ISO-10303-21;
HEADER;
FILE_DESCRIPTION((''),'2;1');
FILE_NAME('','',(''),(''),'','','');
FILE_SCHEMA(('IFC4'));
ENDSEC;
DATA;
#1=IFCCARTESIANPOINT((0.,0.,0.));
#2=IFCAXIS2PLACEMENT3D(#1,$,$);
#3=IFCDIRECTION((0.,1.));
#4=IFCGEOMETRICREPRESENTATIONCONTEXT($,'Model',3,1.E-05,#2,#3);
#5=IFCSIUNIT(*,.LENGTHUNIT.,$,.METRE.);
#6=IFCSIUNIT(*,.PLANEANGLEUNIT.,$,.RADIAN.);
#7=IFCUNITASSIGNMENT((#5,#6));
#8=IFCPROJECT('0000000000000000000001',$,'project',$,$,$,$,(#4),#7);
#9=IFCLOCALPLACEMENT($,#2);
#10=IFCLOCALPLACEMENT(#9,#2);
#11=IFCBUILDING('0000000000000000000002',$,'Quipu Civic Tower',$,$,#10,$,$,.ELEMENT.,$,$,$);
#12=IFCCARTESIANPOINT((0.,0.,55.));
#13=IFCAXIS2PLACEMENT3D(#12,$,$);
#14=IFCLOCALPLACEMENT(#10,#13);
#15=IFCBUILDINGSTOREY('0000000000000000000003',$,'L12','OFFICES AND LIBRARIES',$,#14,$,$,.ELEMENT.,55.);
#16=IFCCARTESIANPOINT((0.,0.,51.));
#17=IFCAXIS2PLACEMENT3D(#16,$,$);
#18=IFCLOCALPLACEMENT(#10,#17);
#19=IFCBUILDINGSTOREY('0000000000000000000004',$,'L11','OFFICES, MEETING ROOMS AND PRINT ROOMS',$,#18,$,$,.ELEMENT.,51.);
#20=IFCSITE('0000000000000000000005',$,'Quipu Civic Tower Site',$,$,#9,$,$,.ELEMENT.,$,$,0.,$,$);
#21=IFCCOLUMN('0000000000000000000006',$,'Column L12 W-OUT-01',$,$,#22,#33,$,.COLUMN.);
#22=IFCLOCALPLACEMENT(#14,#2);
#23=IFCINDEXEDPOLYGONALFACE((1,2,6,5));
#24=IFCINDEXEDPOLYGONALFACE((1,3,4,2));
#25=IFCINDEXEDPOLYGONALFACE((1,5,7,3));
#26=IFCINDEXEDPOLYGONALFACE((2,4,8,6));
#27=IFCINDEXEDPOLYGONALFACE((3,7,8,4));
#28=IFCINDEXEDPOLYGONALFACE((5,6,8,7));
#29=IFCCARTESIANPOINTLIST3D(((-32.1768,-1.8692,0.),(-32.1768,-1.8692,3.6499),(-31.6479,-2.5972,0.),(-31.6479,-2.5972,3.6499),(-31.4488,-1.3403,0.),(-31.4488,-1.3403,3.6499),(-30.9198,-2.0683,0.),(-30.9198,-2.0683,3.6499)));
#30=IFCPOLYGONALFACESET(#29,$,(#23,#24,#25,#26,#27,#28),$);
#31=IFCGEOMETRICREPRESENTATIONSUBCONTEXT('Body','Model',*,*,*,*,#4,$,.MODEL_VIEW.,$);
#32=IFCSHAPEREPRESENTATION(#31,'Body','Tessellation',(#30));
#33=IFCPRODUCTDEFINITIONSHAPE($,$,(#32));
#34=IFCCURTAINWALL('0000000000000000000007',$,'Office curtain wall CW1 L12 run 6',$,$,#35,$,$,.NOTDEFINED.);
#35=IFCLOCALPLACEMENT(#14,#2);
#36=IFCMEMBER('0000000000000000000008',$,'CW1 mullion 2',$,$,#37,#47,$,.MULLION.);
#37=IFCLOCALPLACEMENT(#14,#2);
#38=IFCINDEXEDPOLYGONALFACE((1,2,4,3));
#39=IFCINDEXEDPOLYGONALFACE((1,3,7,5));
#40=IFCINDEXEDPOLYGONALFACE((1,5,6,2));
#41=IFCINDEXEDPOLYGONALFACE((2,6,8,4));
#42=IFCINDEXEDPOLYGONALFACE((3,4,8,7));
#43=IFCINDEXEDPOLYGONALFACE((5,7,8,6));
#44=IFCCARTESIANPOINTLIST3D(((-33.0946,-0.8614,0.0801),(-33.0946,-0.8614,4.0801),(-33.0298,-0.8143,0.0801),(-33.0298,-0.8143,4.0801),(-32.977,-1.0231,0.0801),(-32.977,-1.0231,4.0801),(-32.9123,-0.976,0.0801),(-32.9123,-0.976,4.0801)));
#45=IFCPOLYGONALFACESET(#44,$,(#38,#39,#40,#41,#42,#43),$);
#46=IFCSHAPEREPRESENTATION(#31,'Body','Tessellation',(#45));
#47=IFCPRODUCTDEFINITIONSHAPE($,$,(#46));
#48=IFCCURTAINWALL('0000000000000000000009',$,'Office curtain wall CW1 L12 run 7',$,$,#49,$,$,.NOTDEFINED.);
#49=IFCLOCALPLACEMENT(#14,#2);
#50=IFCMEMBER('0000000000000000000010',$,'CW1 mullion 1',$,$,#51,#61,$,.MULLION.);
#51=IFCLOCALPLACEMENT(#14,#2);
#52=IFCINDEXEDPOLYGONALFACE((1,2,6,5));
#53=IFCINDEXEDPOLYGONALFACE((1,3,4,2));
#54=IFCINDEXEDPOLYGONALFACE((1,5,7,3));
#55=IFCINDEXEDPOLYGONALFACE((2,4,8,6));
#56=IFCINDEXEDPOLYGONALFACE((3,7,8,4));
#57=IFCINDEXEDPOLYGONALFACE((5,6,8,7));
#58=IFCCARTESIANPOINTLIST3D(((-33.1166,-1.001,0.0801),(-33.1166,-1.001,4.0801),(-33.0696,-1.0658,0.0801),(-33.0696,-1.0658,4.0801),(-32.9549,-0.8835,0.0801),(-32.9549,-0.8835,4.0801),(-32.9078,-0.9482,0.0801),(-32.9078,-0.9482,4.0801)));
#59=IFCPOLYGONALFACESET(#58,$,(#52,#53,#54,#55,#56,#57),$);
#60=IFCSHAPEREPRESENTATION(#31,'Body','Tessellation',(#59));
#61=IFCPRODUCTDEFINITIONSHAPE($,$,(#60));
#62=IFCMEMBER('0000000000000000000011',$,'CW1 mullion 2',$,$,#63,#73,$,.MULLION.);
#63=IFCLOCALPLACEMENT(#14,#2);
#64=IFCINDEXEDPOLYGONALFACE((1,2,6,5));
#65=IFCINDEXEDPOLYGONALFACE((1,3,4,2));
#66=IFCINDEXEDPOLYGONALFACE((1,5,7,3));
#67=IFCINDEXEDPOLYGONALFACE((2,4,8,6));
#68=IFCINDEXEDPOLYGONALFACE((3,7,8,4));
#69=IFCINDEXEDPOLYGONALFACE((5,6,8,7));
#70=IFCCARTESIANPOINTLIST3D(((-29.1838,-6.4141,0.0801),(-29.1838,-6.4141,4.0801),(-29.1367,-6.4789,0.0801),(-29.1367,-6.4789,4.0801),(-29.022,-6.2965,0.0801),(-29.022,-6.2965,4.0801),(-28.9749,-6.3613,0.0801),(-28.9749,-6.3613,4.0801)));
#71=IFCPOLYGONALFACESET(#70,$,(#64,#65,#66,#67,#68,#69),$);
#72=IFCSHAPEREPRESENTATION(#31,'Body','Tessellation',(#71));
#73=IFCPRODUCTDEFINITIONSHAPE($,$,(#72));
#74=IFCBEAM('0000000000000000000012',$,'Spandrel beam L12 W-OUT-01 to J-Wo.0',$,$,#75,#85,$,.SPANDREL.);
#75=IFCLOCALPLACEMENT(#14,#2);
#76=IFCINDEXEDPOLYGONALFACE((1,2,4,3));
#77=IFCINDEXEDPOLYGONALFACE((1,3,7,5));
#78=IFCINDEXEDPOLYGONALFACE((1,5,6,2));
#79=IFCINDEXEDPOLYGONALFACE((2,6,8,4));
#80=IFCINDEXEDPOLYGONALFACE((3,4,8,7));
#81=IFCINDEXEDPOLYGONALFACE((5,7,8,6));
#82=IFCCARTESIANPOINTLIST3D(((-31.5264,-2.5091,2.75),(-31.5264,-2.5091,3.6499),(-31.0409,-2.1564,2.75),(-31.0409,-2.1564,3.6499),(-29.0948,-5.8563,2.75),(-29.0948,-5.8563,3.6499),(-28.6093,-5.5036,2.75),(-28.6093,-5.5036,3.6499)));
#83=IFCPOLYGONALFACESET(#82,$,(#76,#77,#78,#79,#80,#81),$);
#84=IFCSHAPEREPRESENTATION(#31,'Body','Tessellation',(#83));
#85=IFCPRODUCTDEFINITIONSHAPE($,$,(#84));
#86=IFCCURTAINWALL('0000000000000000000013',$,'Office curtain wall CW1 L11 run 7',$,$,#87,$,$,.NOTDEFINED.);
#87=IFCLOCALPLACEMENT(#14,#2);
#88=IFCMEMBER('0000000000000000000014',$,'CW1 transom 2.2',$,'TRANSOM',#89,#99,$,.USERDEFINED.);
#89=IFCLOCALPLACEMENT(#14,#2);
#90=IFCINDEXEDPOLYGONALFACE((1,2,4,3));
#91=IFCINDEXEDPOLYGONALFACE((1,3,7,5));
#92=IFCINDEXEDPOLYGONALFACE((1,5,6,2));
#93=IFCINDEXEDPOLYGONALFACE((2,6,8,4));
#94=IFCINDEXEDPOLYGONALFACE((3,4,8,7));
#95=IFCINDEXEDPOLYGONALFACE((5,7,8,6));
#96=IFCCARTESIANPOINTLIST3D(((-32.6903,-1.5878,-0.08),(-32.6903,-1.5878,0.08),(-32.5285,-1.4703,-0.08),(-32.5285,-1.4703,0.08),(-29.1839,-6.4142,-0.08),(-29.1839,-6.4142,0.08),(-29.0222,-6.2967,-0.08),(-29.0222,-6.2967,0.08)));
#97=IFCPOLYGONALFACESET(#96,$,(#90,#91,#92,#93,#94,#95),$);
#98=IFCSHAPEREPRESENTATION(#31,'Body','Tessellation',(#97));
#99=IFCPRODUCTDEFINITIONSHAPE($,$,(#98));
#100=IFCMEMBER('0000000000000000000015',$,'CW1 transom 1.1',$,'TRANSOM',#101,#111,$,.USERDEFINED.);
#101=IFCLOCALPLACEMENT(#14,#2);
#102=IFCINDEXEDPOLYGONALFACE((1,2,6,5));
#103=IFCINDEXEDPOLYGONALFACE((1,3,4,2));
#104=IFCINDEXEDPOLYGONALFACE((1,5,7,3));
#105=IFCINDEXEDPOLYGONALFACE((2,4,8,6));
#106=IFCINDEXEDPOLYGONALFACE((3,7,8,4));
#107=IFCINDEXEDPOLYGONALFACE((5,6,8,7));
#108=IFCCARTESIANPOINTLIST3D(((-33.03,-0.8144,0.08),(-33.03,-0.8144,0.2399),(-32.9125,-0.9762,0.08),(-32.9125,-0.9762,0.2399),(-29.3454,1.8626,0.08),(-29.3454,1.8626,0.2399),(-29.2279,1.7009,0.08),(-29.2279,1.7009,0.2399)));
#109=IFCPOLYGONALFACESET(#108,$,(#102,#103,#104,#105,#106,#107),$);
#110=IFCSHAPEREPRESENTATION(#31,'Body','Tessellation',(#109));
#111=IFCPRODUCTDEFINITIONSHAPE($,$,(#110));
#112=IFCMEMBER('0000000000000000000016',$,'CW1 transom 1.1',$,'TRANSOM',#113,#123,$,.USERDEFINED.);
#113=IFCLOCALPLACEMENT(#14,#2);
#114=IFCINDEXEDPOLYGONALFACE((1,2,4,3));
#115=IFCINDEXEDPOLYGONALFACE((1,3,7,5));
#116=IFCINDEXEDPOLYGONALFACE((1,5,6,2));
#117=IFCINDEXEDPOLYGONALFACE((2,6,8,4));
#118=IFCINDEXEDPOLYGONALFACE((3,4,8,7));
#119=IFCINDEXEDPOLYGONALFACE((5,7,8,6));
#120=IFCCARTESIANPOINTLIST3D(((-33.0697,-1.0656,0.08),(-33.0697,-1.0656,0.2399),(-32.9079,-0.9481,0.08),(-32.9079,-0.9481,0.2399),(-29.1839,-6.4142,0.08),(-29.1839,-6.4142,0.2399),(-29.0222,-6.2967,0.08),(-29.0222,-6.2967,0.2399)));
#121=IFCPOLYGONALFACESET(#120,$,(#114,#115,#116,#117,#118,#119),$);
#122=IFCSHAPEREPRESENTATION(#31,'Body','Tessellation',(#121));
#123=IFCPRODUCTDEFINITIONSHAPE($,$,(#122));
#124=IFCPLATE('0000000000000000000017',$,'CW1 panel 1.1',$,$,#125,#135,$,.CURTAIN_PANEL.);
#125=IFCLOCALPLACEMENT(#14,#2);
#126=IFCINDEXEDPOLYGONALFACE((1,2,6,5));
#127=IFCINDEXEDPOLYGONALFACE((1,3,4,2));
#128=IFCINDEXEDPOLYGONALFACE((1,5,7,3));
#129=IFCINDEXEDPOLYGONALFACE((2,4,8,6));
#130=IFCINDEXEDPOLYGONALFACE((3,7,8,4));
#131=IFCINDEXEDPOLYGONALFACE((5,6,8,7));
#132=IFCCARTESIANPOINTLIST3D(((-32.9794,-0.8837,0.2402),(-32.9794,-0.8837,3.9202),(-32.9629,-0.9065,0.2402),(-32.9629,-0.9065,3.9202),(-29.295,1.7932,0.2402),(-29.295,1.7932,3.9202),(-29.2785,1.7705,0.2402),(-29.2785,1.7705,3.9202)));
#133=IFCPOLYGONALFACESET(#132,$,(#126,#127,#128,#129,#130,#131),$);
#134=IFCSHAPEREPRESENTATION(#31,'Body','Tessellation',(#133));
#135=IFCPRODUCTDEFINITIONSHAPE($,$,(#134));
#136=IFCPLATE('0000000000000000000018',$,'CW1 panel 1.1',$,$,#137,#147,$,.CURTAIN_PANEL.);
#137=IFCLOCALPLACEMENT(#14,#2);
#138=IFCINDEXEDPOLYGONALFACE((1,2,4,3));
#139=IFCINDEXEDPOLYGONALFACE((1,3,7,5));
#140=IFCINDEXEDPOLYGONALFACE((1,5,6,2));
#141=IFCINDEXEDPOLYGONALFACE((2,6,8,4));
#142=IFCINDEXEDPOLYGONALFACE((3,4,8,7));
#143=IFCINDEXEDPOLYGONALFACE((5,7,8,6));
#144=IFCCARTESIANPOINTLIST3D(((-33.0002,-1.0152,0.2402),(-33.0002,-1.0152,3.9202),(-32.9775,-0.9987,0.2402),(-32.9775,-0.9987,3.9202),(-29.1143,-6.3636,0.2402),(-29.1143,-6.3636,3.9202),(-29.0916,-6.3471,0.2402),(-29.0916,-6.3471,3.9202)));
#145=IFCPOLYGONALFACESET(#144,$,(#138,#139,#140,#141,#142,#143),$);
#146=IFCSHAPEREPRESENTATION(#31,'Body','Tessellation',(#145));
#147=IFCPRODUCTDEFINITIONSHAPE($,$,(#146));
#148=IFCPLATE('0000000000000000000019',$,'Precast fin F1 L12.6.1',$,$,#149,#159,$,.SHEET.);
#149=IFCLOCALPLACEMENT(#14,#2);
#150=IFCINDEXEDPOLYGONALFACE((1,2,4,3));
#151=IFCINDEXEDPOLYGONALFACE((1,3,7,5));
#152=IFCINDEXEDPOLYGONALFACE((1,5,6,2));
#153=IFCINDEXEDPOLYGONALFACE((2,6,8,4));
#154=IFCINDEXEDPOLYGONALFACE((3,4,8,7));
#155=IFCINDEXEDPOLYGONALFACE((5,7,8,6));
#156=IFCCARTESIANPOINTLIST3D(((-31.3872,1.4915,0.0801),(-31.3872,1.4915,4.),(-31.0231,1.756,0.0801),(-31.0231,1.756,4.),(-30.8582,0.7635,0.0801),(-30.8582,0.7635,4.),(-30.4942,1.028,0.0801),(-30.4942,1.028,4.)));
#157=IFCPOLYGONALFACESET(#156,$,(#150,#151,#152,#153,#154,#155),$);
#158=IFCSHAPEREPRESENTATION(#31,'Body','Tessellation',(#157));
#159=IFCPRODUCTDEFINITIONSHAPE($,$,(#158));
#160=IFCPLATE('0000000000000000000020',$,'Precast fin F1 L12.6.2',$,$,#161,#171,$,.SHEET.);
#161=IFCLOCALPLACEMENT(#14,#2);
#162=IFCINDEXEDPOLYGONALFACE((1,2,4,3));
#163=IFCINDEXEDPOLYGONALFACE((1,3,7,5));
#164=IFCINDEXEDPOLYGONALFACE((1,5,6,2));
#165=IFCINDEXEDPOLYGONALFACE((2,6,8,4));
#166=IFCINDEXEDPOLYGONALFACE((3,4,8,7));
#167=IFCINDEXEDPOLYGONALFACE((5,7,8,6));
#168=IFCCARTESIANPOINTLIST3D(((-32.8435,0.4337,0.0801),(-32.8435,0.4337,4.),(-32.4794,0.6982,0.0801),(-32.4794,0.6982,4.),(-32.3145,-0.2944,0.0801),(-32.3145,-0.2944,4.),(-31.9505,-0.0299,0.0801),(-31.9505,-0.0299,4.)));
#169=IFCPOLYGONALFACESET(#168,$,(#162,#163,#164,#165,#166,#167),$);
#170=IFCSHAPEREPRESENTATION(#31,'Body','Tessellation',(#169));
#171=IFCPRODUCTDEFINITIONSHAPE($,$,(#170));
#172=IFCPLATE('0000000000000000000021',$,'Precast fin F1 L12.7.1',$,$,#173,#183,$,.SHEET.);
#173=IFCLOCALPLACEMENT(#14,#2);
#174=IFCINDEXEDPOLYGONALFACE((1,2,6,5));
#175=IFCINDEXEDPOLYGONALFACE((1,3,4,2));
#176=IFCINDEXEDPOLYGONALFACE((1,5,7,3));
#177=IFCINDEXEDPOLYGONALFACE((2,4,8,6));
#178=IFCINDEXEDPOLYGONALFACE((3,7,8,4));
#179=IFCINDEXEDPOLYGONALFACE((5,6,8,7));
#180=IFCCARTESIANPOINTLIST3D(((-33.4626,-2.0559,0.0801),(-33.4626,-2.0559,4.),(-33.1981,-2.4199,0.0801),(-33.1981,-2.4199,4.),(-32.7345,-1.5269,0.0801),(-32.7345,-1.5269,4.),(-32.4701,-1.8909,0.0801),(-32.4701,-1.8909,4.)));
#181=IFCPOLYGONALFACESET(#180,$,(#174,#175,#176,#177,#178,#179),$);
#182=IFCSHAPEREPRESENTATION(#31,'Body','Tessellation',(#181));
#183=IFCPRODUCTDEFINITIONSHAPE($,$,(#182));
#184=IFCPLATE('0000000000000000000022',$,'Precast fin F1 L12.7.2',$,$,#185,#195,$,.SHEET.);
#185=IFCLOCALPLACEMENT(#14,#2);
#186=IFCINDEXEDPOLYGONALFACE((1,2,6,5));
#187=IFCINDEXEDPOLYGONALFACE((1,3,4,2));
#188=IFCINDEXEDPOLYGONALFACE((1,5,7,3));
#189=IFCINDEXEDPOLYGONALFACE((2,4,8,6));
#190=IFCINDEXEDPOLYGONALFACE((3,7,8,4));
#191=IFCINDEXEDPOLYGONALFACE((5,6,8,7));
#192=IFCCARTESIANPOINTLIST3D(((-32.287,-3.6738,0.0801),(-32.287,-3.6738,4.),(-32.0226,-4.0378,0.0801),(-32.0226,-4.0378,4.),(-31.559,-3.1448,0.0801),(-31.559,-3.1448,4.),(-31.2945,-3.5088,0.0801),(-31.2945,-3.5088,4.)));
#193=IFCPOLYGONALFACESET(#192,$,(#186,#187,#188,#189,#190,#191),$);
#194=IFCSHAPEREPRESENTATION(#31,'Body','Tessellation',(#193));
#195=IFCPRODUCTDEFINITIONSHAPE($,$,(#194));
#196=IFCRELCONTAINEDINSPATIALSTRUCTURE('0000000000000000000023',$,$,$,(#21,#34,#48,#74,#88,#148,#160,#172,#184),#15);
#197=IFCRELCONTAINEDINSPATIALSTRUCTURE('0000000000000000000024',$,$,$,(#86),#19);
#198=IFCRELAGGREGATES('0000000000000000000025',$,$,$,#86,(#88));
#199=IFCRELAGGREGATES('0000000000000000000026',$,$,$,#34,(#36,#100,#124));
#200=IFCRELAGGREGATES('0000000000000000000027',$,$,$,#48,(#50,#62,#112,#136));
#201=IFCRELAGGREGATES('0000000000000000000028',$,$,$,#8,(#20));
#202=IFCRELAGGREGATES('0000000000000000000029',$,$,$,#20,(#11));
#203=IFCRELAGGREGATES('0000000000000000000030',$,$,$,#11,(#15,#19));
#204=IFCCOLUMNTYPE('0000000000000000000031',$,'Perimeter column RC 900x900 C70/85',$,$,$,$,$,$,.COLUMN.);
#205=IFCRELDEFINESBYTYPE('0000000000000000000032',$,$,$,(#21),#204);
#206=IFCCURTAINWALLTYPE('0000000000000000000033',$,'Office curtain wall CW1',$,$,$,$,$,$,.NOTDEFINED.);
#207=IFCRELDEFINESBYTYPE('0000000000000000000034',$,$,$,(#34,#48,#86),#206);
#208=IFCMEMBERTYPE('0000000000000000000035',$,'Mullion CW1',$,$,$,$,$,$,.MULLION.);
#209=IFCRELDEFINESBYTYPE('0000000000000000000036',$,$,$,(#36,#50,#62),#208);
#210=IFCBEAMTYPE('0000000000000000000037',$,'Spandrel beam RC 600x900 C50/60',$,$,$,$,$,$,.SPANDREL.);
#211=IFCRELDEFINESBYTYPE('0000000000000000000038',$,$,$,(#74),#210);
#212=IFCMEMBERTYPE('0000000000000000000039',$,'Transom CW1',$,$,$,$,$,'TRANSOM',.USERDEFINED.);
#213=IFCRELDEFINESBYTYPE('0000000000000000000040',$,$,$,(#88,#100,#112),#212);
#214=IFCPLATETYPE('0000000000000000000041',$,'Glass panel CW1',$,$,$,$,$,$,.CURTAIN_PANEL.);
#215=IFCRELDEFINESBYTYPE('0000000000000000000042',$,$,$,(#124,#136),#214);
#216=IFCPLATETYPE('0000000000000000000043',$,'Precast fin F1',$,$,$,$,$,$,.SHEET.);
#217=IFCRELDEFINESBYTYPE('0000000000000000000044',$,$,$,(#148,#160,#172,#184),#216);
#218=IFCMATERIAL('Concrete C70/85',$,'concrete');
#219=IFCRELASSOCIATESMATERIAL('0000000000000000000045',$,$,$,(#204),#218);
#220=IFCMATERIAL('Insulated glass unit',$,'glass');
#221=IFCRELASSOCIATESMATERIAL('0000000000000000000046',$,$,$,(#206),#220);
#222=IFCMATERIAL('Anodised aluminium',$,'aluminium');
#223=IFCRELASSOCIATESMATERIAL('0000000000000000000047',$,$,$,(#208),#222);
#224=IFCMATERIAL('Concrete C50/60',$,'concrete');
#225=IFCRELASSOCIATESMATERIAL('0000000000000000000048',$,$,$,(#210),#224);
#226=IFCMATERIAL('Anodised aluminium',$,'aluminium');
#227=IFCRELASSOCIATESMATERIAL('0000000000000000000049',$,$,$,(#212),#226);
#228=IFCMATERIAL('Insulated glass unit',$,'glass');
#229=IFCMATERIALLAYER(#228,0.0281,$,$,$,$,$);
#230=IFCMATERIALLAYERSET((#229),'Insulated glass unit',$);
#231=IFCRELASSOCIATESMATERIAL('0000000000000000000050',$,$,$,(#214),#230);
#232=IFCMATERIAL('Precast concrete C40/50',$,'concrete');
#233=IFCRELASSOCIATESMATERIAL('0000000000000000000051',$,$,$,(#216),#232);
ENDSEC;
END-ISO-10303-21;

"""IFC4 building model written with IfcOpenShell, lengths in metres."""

from ifc_helpers import new_model, si_unit, direction, frame, origin, origin_2d, place, context, subcontext, project, spatial, rectangle, extrude, material, layer, layer_set, material_profile, profile_set, type_object, element, aggregate, save


model = new_model("IFC4")

# Units and contexts
model_context = context("Model", 3, precision=1e-05, world=origin(), true_north=direction((0.0, 1.0)))
body_context = subcontext(model_context, "Body", "Model", "MODEL_VIEW")
ifc_project = project(units=[si_unit("LENGTHUNIT", "METRE"), si_unit("PLANEANGLEUNIT", "RADIAN")], contexts=[model_context])

# Site, building, storey
site_placement = place(None, origin())
site = spatial("IfcSite", under=ifc_project, at=site_placement, Name="Quipu Civic Tower Site", CompositionType="ELEMENT", RefElevation=0.0)
building_placement = place(site_placement, origin())
building = spatial("IfcBuilding", under=site, at=building_placement, Name="Quipu Civic Tower", CompositionType="ELEMENT")
storey_1_placement = place(building_placement, frame((0.0, 0.0, 55.0)))
storey_1 = spatial("IfcBuildingStorey", under=building, at=storey_1_placement, Name="L12", Description="OFFICES AND LIBRARIES", CompositionType="ELEMENT", Elevation=55.0)

# Column
ifc_material_1 = material(Name="Concrete C70/85", Category="concrete")
ifc_material_profile_1 = material_profile(ifc_material_1, rectangle(XDim=0.8999, YDim=0.8999, at=origin_2d()), Name="RC900x900")
ifc_profile_set_1 = profile_set([ifc_material_profile_1], Name="Concrete C70/85")
column_type = type_object("IfcColumnType", Name="Perimeter column RC 900x900 C70/85", PredefinedType="COLUMN", material=ifc_profile_set_1)
column_placement = place(storey_1_placement, frame((-31.5483, -1.9688, 0.0), z_axis=(0.0, 0.0, 1.0), x_axis=(0.587785, -0.809017, 0.0)))
element("IfcColumn", 1, at=column_placement, inside=storey_1, type_object=column_type, Name="Column L12 W-OUT-01", PredefinedType="COLUMN", context=body_context, shape_type="SweptSolid", body=[
    extrude(rectangle(XDim=0.8999, YDim=0.8999, at=origin_2d()), origin(), (0.0, 0.0, 1.0), 3.6499),
])

# Curtain wall, member
ifc_material_2 = material(Name="Insulated glass unit", Category="glass")
curtain_wall_type = type_object("IfcCurtainWallType", Name="Office curtain wall CW1", PredefinedType="NOTDEFINED", material=ifc_material_2)
curtain_wall_1_placement = place(storey_1_placement, origin())
curtain_wall_1 = element("IfcCurtainWall", 2, at=curtain_wall_1_placement, inside=storey_1, type_object=curtain_wall_type, Name="Office curtain wall CW1 L12 run 6", PredefinedType="NOTDEFINED")
ifc_material_3 = material(Name="Anodised aluminium", Category="aluminium")
ifc_material_profile_2 = material_profile(ifc_material_3, rectangle(XDim=0.2, YDim=0.0801, at=origin_2d()), Name="RECT 200x80")
ifc_profile_set_2 = profile_set([ifc_material_profile_2], Name="Anodised aluminium")
member_type_1 = type_object("IfcMemberType", Name="Mullion CW1", PredefinedType="MULLION", material=ifc_profile_set_2)
member_1_placement = place(storey_1_placement, frame((-33.0034, -0.9187, 0.0801), z_axis=(0.0, 0.0, 1.0), x_axis=(0.587791, -0.809013, 0.0)))
member_1 = element("IfcMember", 3, at=member_1_placement, type_object=member_type_1, Name="CW1 mullion 2", PredefinedType="MULLION", context=body_context, shape_type="SweptSolid", body=[
    extrude(rectangle(XDim=0.2, YDim=0.0801, at=origin_2d()), origin(), (0.0, 0.0, 1.0), 4.0),
])

# Curtain wall, members
curtain_wall_2_placement = place(storey_1_placement, origin())
curtain_wall_2 = element("IfcCurtainWall", 4, at=curtain_wall_2_placement, inside=storey_1, type_object=curtain_wall_type, Name="Office curtain wall CW1 L12 run 7", PredefinedType="NOTDEFINED")
member_2_placement = place(storey_1_placement, frame((-33.0122, -0.9746, 0.0801), z_axis=(0.0, 0.0, 1.0), x_axis=(0.809019, 0.587783, 0.0)))
member_2 = element("IfcMember", 5, at=member_2_placement, type_object=member_type_1, Name="CW1 mullion 1", PredefinedType="MULLION", context=body_context, shape_type="SweptSolid", body=[
    extrude(rectangle(XDim=0.2, YDim=0.0801, at=origin_2d()), origin(), (0.0, 0.0, 1.0), 4.0),
])
member_3_placement = place(storey_1_placement, frame((-29.0793, -6.3877, 0.0801), z_axis=(0.0, 0.0, 1.0), x_axis=(0.809019, 0.587783, 0.0)))
member_3 = element("IfcMember", 6, at=member_3_placement, type_object=member_type_1, Name="CW1 mullion 2", PredefinedType="MULLION", context=body_context, shape_type="SweptSolid", body=[
    extrude(rectangle(XDim=0.2, YDim=0.0801, at=origin_2d()), origin(), (0.0, 0.0, 1.0), 4.0),
])

# Beam
ifc_material_4 = material(Name="Concrete C50/60", Category="concrete")
ifc_material_profile_3 = material_profile(ifc_material_4, rectangle(XDim=0.6001, YDim=0.8999, at=origin_2d()), Name="RC600x900")
ifc_profile_set_3 = profile_set([ifc_material_profile_3], Name="Concrete C50/60")
beam_type = type_object("IfcBeamType", Name="Spandrel beam RC 600x900 C50/60", PredefinedType="SPANDREL", material=ifc_profile_set_3)
beam_placement = place(storey_1_placement, frame((-31.2837, -2.3328, 3.2), z_axis=(0.587751, -0.809042, 0.0), x_axis=(0.809042, 0.587751, 0.0)))
element("IfcBeam", 7, at=beam_placement, inside=storey_1, type_object=beam_type, Name="Spandrel beam L12 W-OUT-01 to J-Wo.0", PredefinedType="SPANDREL", context=body_context, shape_type="SweptSolid", body=[
    extrude(rectangle(XDim=0.6001, YDim=0.8999, at=origin_2d()), origin(), (0.0, 0.0, 1.0), 4.1372),
])

# Shared definitions
storey_2_placement = place(building_placement, frame((0.0, 0.0, 51.0)))
storey_2 = spatial("IfcBuildingStorey", under=building, at=storey_2_placement, Name="L11", Description="OFFICES, MEETING ROOMS AND PRINT ROOMS", CompositionType="ELEMENT", Elevation=51.0)

# Curtain wall, member
curtain_wall_3_placement = place(storey_2_placement, origin())
curtain_wall_3 = element("IfcCurtainWall", 8, at=curtain_wall_3_placement, inside=storey_2, type_object=curtain_wall_type, Name="Office curtain wall CW1 L11 run 7", PredefinedType="NOTDEFINED")
ifc_material_5 = material(Name="Anodised aluminium", Category="aluminium")
ifc_material_profile_4 = material_profile(ifc_material_5, rectangle(XDim=0.2, YDim=0.1599, at=origin_2d()), Name="RECT 200x160")
ifc_profile_set_4 = profile_set([ifc_material_profile_4], Name="Anodised aluminium")
member_type_2 = type_object("IfcMemberType", Name="Transom CW1", ElementType="TRANSOM", PredefinedType="USERDEFINED", material=ifc_profile_set_4)
member_4_placement = place(storey_1_placement, frame((-32.6094, -1.5291, 0.0), z_axis=(0.587758, -0.809037, 0.0), x_axis=(0.809037, 0.587758, 0.0)))
member_4 = element("IfcMember", 9, at=member_4_placement, inside=storey_1, type_object=member_type_2, Name="CW1 transom 2.2", ObjectType="TRANSOM", PredefinedType="USERDEFINED", context=body_context, shape_type="SweptSolid", body=[
    extrude(rectangle(XDim=0.2, YDim=0.1599, at=origin_2d()), origin(), (0.0, 0.0, 1.0), 5.9656),
])
aggregate(curtain_wall_3, [member_4])

# Members
member_5_placement = place(storey_1_placement, frame((-29.2866, 1.7817, 0.1599), z_axis=(-0.809016, -0.587786, 0.0), x_axis=(0.587786, -0.809016, 0.0)))
member_5 = element("IfcMember", 10, at=member_5_placement, type_object=member_type_2, Name="CW1 transom 1.1", ObjectType="TRANSOM", PredefinedType="USERDEFINED", context=body_context, shape_type="SweptSolid", body=[
    extrude(rectangle(XDim=0.2, YDim=0.1599, at=origin_2d()), origin(), (0.0, 0.0, 1.0), 4.5544),
])
member_6_placement = place(storey_1_placement, frame((-32.9888, -1.0068, 0.1599), z_axis=(0.587759, -0.809036, 0.0), x_axis=(0.809036, 0.587759, 0.0)))
member_6 = element("IfcMember", 11, at=member_6_placement, type_object=member_type_2, Name="CW1 transom 1.1", ObjectType="TRANSOM", PredefinedType="USERDEFINED", context=body_context, shape_type="SweptSolid", body=[
    extrude(rectangle(XDim=0.2, YDim=0.1599, at=origin_2d()), origin(), (0.0, 0.0, 1.0), 6.6111),
])

# Plates
ifc_material_6 = material(Name="Insulated glass unit", Category="glass")
ifc_layer = layer(ifc_material_6, 0.0281)
ifc_layer_set = layer_set([ifc_layer], Name="Insulated glass unit")
plate_type_1 = type_object("IfcPlateType", Name="Glass panel CW1", PredefinedType="CURTAIN_PANEL", material=ifc_layer_set)
plate_1_placement = place(storey_1_placement, frame((-31.1289, 0.4434, 0.2402), z_axis=(0.0, 0.0, 1.0), x_axis=(-0.809013, -0.587791, 0.0)))
plate_1 = element("IfcPlate", 12, at=plate_1_placement, type_object=plate_type_1, Name="CW1 panel 1.1", PredefinedType="CURTAIN_PANEL", context=body_context, shape_type="SweptSolid", body=[
    extrude(rectangle(XDim=4.5542, YDim=0.0281, at=origin_2d()), origin(), (0.0, 0.0, 1.0), 3.6799),
])
aggregate(curtain_wall_1, [member_1, member_5, plate_1])
plate_2_placement = place(storey_1_placement, frame((-31.0459, -3.6812, 0.2402), z_axis=(0.0, 0.0, 1.0), x_axis=(0.587783, -0.809019, 0.0)))
plate_2 = element("IfcPlate", 13, at=plate_2_placement, type_object=plate_type_1, Name="CW1 panel 1.1", PredefinedType="CURTAIN_PANEL", context=body_context, shape_type="SweptSolid", body=[
    extrude(rectangle(XDim=6.6111, YDim=0.0281, at=origin_2d()), origin(), (0.0, 0.0, 1.0), 3.6799),
])
aggregate(curtain_wall_2, [member_2, member_3, member_6, plate_2])

# Plates
ifc_material_7 = material(Name="Precast concrete C40/50", Category="concrete")
plate_type_2 = type_object("IfcPlateType", Name="Precast fin F1", PredefinedType="SHEET", material=ifc_material_7)
for number, where, z_axis, x_axis, name in (
    (14, (-30.9407, 1.2598, 0.0801), (0.0, 0.0, 1.0), (-0.809013, -0.587791, 0.0), "Precast fin F1 L12.6.1"),
    (15, (-32.397, 0.2019, 0.0801), (0.0, 0.0, 1.0), (-0.809013, -0.587791, 0.0), "Precast fin F1 L12.6.2"),
    (16, (-32.9663, -1.9734, 0.0801), (0.0, 0.0, 1.0), (0.587784, -0.809018, 0.0), "Precast fin F1 L12.7.1"),
    (17, (-31.7908, -3.5913, 0.0801), (0.0, 0.0, 1.0), (0.587784, -0.809018, 0.0), "Precast fin F1 L12.7.2"),
):
    element("IfcPlate", number, at=place(storey_1_placement, frame(where, z_axis=z_axis, x_axis=x_axis)), inside=storey_1, type_object=plate_type_2, Name=name, PredefinedType="SHEET", context=body_context, shape_type="SweptSolid", body=[
        extrude(rectangle(XDim=0.45, YDim=0.8999, at=origin_2d()), origin(), (0.0, 0.0, 1.0), 3.9199),
    ])

save(model, "model.ifc")
